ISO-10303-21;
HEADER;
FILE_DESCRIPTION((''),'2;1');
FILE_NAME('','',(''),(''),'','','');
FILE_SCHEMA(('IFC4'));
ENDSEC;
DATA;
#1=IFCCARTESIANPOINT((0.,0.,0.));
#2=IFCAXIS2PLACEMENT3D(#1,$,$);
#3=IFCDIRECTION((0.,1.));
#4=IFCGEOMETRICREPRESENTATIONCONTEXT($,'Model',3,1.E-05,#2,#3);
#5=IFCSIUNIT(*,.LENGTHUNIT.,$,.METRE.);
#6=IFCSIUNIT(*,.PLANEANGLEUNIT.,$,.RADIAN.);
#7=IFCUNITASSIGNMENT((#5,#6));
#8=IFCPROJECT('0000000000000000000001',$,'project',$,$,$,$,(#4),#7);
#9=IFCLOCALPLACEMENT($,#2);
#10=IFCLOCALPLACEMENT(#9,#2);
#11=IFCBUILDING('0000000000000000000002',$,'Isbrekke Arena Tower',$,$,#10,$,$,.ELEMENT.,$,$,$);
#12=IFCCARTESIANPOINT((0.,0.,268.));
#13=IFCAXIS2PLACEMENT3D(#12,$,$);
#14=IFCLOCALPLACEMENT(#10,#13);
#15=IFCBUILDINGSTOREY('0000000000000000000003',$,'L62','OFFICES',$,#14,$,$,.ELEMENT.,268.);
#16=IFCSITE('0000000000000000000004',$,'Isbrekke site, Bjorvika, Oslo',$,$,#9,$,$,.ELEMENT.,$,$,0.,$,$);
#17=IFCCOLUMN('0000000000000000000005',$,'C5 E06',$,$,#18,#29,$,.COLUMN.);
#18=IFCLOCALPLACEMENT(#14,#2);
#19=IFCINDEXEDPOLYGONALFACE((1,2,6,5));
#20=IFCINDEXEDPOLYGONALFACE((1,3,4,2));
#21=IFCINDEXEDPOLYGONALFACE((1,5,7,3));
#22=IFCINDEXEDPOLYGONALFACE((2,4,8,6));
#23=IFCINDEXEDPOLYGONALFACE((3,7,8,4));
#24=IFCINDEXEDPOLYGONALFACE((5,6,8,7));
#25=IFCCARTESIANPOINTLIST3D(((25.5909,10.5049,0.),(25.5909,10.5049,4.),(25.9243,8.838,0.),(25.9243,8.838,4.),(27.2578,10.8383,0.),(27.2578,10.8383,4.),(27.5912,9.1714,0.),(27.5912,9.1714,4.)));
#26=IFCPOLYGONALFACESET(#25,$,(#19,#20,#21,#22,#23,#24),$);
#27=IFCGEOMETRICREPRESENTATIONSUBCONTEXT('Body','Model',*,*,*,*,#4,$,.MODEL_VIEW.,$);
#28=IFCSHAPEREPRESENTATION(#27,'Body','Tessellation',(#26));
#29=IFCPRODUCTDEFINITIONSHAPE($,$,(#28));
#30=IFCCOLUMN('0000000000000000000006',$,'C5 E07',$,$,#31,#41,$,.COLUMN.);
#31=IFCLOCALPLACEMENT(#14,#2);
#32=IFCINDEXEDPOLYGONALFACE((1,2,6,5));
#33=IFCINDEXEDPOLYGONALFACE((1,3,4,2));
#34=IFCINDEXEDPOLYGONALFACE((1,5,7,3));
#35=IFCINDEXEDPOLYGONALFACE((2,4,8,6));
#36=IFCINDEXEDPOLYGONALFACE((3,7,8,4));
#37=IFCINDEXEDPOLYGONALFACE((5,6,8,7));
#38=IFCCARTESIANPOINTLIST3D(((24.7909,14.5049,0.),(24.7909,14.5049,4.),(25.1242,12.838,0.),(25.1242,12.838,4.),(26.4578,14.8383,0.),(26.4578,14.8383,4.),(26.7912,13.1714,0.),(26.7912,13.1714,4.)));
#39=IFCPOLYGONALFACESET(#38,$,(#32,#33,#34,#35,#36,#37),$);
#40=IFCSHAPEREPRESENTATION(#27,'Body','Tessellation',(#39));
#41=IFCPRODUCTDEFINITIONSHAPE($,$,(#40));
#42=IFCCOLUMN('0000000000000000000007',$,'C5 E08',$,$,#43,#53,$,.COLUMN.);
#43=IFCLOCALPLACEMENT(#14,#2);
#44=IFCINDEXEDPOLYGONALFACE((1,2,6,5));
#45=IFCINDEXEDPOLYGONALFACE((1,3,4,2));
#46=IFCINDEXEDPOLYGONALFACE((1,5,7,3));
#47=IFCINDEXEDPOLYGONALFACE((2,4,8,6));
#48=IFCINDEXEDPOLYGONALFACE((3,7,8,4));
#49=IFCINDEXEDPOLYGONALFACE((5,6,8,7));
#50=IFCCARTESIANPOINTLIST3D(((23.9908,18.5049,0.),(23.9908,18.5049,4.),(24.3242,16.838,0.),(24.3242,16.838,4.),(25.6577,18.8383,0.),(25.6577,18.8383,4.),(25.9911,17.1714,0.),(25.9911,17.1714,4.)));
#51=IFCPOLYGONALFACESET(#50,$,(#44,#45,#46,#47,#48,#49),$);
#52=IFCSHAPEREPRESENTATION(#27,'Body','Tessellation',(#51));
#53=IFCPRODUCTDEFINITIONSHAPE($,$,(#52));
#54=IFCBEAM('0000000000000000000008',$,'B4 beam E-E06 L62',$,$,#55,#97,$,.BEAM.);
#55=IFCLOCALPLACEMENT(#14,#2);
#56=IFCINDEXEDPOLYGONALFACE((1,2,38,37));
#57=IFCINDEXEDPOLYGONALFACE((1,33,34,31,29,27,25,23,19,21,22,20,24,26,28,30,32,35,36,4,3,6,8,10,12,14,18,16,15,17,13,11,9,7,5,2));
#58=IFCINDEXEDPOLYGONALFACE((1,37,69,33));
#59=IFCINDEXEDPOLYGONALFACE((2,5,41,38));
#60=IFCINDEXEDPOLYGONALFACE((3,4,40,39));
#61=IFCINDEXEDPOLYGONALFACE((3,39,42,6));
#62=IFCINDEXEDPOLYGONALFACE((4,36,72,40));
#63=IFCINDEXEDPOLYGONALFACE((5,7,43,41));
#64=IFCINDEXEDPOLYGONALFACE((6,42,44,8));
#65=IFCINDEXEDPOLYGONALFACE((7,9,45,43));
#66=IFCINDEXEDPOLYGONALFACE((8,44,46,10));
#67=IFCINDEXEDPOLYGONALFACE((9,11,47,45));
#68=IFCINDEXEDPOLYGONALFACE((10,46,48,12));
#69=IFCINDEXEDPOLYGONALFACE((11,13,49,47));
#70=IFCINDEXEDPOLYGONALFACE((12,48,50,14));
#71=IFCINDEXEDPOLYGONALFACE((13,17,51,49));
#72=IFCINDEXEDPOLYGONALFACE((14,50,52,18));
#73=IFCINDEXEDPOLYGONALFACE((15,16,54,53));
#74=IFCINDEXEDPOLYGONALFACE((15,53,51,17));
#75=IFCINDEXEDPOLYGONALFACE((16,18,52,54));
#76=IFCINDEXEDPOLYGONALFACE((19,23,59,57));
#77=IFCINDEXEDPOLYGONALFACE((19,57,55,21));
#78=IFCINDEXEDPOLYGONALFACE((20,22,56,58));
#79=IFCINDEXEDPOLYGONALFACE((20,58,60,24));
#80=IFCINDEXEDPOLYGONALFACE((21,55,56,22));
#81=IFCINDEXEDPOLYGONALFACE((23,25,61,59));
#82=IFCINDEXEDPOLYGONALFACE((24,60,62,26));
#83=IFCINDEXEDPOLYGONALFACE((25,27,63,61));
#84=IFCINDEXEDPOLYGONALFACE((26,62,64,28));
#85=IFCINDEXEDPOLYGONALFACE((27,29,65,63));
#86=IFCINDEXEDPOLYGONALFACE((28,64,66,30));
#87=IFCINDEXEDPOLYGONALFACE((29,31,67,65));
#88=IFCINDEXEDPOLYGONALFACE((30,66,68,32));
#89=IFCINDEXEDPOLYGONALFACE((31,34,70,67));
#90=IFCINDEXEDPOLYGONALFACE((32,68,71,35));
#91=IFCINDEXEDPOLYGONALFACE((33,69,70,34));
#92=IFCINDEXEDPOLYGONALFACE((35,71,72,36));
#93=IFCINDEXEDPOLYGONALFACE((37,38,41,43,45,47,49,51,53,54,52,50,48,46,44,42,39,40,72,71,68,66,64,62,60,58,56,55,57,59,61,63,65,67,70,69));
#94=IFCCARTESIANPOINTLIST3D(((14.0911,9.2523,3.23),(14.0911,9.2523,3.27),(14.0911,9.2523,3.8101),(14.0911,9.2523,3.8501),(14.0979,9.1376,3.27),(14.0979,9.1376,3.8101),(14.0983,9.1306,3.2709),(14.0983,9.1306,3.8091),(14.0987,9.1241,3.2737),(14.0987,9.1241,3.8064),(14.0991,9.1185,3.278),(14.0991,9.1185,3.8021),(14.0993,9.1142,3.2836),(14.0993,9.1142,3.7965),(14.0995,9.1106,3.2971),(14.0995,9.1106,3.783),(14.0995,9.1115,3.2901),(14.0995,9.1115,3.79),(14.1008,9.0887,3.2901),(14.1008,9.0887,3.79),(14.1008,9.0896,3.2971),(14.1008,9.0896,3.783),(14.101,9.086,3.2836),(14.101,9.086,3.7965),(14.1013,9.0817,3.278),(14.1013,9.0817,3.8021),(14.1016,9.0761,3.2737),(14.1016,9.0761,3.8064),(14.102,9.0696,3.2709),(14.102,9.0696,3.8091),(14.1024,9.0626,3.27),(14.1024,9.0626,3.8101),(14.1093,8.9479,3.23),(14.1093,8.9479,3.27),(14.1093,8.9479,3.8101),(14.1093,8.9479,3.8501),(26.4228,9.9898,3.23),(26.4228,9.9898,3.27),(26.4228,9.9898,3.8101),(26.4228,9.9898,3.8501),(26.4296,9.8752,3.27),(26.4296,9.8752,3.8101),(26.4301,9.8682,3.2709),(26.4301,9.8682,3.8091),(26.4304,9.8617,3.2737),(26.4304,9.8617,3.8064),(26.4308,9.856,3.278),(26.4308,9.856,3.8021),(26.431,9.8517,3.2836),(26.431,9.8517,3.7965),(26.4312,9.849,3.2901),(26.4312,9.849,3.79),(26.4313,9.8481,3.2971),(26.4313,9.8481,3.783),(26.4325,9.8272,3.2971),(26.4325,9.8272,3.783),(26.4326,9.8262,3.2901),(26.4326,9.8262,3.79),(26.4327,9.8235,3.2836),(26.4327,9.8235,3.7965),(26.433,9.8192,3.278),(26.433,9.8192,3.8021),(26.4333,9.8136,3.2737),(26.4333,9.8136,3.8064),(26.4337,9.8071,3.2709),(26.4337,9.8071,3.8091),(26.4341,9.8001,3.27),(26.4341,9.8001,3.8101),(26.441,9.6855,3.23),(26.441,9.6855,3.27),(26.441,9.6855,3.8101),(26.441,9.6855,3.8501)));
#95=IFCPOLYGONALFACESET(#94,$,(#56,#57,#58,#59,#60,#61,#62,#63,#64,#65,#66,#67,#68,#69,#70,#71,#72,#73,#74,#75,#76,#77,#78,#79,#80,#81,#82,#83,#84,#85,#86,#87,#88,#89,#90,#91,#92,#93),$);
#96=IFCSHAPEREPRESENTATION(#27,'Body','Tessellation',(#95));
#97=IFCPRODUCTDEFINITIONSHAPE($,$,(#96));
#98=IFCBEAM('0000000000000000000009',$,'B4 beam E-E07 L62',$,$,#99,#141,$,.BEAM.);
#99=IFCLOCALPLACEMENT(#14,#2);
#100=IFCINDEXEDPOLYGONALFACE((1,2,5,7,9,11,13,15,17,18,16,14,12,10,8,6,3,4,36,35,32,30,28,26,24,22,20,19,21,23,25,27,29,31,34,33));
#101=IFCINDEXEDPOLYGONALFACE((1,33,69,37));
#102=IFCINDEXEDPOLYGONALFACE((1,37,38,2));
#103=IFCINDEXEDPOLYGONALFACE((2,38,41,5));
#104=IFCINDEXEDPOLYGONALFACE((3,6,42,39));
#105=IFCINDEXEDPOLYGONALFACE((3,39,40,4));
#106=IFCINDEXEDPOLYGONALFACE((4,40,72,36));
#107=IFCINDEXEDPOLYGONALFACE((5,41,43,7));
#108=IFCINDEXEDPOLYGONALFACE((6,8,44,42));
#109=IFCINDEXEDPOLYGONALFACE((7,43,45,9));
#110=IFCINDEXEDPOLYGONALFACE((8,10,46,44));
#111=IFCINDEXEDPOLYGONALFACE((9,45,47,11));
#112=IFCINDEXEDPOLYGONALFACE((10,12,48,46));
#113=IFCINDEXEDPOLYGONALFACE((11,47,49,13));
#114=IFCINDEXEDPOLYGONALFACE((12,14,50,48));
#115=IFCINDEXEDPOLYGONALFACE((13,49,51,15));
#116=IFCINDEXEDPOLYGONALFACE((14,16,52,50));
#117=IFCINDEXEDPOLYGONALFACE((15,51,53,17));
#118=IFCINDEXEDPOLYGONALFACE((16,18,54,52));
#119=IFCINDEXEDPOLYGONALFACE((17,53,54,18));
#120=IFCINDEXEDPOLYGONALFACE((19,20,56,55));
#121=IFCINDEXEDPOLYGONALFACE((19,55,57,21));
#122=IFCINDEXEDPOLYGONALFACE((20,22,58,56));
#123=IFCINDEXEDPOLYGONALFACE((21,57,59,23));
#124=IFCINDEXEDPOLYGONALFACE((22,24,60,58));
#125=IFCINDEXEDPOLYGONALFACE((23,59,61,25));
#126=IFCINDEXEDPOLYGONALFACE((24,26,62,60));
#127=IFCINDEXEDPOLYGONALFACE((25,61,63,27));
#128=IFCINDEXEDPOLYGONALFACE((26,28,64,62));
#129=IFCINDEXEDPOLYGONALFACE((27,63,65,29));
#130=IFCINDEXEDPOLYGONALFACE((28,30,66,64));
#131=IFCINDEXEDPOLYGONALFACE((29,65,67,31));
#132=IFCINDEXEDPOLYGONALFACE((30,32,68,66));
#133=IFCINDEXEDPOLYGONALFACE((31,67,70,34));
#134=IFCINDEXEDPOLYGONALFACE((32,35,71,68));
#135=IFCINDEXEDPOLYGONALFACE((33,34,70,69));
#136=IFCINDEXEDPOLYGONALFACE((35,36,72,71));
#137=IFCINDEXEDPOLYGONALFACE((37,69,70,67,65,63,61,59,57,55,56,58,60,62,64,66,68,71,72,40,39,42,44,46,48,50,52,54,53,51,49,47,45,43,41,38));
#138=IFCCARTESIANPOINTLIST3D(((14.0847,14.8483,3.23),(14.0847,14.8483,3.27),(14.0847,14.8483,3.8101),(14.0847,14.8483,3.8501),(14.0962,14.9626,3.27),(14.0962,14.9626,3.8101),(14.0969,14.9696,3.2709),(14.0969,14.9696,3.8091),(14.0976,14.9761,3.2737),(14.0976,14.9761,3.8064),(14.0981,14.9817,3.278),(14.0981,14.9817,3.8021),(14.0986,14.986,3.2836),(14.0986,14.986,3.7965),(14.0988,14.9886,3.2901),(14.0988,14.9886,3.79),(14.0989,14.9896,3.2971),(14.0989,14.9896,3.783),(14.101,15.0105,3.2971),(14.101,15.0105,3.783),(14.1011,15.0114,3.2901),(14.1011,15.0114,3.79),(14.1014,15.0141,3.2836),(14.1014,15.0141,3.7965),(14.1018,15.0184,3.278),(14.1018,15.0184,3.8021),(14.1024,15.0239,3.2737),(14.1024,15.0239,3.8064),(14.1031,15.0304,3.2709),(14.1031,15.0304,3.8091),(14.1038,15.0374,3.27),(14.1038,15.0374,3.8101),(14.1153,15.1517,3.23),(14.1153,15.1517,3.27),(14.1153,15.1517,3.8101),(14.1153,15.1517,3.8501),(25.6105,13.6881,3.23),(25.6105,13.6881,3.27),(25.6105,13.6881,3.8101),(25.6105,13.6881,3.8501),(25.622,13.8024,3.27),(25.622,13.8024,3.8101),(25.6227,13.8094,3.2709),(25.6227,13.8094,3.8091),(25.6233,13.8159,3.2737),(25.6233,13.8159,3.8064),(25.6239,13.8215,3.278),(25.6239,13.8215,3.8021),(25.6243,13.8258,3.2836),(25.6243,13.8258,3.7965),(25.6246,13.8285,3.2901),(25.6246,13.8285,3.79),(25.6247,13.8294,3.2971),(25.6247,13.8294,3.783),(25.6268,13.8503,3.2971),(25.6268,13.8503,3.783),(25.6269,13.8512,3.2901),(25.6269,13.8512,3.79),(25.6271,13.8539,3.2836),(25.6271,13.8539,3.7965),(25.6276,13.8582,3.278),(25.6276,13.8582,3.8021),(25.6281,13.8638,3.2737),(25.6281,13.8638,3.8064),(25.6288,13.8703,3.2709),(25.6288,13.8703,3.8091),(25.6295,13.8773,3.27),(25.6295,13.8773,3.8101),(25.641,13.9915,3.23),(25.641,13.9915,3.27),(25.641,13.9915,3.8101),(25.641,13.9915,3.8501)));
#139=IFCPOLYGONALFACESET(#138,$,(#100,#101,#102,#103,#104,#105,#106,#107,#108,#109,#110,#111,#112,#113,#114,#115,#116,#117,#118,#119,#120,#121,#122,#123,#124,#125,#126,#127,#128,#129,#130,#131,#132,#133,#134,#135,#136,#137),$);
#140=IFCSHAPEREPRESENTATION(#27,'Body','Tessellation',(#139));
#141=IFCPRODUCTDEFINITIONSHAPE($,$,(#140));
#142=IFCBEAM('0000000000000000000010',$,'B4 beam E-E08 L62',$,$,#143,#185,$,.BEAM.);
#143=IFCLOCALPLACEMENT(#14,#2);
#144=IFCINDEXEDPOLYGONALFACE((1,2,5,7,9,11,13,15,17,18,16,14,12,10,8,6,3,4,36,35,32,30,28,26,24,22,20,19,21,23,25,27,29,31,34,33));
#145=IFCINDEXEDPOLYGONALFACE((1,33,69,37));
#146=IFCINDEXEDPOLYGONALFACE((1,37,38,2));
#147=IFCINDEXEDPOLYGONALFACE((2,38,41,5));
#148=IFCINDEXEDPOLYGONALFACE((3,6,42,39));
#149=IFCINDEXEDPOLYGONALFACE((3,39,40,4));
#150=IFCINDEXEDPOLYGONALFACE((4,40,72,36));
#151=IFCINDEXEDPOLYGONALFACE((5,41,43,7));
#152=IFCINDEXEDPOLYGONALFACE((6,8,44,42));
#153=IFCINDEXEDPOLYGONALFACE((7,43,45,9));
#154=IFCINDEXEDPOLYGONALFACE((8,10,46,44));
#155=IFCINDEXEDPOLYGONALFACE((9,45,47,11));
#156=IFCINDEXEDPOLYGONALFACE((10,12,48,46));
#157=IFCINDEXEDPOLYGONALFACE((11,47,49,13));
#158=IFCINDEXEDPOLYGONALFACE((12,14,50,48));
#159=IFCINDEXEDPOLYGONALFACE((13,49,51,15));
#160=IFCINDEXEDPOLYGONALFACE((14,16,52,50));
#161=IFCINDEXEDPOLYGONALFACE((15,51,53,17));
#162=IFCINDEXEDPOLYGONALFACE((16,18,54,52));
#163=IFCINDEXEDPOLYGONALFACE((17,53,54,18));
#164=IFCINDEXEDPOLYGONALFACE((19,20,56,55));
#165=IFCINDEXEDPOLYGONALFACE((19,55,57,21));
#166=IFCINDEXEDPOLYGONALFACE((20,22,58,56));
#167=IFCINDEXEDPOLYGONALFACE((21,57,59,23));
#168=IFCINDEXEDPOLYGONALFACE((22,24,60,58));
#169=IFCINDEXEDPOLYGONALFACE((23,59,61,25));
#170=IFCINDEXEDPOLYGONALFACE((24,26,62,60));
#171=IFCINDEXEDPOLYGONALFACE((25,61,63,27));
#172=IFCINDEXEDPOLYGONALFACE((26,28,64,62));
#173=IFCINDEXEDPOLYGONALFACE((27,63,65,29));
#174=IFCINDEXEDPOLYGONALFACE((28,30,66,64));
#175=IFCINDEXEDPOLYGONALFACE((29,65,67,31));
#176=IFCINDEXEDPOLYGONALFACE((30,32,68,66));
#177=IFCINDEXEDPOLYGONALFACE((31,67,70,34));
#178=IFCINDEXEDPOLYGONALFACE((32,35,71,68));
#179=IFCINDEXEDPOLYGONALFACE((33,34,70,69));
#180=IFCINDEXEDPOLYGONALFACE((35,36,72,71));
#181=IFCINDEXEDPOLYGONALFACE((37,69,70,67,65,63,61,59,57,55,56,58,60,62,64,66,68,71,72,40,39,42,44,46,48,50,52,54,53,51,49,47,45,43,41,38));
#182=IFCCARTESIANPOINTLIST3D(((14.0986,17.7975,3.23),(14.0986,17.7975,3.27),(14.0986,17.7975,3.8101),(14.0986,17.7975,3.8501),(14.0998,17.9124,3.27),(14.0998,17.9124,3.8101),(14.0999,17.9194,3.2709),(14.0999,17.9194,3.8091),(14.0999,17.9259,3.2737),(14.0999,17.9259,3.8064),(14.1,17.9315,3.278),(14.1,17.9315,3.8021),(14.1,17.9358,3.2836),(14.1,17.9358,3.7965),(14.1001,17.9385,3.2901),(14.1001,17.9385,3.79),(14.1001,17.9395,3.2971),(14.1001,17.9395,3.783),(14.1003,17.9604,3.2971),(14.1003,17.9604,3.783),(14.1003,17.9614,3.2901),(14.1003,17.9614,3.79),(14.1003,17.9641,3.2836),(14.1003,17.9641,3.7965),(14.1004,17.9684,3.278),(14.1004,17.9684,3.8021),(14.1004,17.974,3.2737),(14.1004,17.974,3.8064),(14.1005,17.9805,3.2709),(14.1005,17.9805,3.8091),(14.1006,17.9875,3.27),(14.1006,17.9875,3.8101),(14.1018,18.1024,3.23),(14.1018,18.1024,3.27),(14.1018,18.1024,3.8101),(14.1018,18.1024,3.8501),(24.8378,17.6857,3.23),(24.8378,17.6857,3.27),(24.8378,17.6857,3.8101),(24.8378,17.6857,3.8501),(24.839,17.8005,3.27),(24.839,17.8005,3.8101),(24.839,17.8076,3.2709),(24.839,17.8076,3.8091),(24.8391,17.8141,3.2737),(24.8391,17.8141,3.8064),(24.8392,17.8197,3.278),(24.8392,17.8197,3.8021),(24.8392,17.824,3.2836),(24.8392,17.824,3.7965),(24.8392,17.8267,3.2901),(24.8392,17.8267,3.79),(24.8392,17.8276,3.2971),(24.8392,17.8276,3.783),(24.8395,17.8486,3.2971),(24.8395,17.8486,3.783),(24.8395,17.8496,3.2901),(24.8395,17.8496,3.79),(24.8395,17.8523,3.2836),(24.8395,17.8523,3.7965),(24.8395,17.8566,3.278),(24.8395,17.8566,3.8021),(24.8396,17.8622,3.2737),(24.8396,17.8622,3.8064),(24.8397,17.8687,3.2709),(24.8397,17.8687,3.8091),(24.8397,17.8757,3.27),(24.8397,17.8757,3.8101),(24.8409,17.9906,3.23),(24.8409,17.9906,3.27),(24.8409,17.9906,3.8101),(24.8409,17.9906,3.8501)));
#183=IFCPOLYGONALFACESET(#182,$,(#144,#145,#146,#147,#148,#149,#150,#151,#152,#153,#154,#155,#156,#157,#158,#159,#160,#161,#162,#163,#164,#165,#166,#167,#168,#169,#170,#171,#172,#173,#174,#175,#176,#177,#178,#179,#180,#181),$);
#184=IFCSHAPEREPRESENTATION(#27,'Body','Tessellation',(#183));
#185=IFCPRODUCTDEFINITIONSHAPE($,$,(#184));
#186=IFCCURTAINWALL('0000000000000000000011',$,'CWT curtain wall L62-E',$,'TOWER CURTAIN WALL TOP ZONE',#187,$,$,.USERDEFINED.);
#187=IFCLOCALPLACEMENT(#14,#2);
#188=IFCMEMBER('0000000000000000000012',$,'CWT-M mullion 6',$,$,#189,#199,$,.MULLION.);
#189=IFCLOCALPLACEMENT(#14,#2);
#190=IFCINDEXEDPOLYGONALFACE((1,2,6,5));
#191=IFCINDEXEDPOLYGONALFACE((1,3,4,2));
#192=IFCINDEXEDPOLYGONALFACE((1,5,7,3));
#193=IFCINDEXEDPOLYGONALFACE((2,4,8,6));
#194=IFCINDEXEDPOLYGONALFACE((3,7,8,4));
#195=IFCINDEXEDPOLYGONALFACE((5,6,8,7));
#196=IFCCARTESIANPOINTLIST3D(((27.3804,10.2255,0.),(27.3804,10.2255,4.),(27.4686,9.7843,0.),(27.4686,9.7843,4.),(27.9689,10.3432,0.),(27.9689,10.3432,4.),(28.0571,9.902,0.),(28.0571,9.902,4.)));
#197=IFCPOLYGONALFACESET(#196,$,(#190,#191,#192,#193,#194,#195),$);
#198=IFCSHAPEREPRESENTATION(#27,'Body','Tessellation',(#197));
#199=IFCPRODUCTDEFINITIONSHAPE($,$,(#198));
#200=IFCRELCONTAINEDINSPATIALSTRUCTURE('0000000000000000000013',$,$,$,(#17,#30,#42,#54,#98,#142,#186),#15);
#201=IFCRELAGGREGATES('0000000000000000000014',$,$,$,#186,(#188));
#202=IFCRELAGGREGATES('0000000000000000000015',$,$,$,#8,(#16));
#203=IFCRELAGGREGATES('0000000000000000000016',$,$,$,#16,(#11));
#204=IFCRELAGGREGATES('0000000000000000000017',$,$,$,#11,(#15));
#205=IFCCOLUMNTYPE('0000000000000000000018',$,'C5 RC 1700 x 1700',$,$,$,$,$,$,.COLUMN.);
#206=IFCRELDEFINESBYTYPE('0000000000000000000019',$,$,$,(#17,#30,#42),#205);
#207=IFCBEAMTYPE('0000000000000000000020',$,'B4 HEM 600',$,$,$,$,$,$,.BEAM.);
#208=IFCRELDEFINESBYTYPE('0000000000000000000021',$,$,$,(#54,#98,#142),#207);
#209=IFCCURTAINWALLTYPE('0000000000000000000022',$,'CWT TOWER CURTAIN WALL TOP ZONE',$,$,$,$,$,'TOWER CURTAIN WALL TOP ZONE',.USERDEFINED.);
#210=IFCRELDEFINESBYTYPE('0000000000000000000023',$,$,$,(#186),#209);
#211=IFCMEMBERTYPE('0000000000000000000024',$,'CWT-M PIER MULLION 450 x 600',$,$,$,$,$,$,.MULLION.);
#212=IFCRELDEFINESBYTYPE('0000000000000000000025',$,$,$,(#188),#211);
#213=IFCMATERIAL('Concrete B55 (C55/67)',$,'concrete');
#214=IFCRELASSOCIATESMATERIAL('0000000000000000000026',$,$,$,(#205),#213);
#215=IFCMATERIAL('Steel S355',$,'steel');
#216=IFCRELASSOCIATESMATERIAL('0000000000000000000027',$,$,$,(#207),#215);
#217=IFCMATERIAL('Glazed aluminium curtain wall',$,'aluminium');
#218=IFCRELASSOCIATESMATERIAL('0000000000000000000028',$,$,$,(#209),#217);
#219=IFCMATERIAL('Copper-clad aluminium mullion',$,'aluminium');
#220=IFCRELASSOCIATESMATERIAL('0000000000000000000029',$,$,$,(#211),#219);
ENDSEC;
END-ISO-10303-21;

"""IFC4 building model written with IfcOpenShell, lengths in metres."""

from ifc_helpers import new_model, si_unit, direction, frame, origin, origin_2d, place, context, subcontext, project, spatial, rectangle, i_section, extrude, material, material_profile, profile_set, type_object, element, aggregate, save


model = new_model("IFC4")

# Units and contexts
model_context = context("Model", 3, precision=1e-05, world=origin(), true_north=direction((0.0, 1.0)))
body_context = subcontext(model_context, "Body", "Model", "MODEL_VIEW")
ifc_project = project(units=[si_unit("LENGTHUNIT", "METRE"), si_unit("PLANEANGLEUNIT", "RADIAN")], contexts=[model_context])

# Site, building, storey
site_placement = place(None, origin())
site = spatial("IfcSite", under=ifc_project, at=site_placement, Name="Isbrekke site, Bjorvika, Oslo", CompositionType="ELEMENT", RefElevation=0.0)
building_placement = place(site_placement, origin())
building = spatial("IfcBuilding", under=site, at=building_placement, Name="Isbrekke Arena Tower", CompositionType="ELEMENT")
storey_placement = place(building_placement, frame((0.0, 0.0, 268.0)))
storey = spatial("IfcBuildingStorey", under=building, at=storey_placement, Name="L62", Description="OFFICES", CompositionType="ELEMENT", Elevation=268.0)

# Columns
ifc_material_1 = material(Name="Concrete B55 (C55/67)", Category="concrete")
ifc_material_profile_1 = material_profile(ifc_material_1, rectangle(XDim=1.7, YDim=1.7, at=origin_2d()), Name="RC 1700x1700")
ifc_profile_set_1 = profile_set([ifc_material_profile_1], Name="Concrete B55 (C55/67)")
column_type = type_object("IfcColumnType", Name="C5 RC 1700 x 1700", PredefinedType="COLUMN", material=ifc_profile_set_1)
for number, where, z_axis, x_axis, name in (
    (1, (26.5911, 9.8381, 0.0), (0.0, 0.0, 1.0), (-0.196116, 0.980581, 0.0), "C5 E06"),
    (2, (25.791, 13.8381, 0.0), (0.0, 0.0, 1.0), (-0.196116, 0.980581, 0.0), "C5 E07"),
    (3, (24.991, 17.8381, 0.0), (0.0, 0.0, 1.0), (-0.196116, 0.980581, 0.0), "C5 E08"),
):
    element("IfcColumn", number, at=place(storey_placement, frame(where, z_axis=z_axis, x_axis=x_axis)), inside=storey, type_object=column_type, Name=name, PredefinedType="COLUMN", context=body_context, shape_type="SweptSolid", body=[
        extrude(rectangle(XDim=1.7, YDim=1.7, at=origin_2d()), origin(), (0.0, 0.0, 1.0), 4.0),
    ])

# Beams
ifc_material_2 = material(Name="Steel S355", Category="steel")
ifc_material_profile_2 = material_profile(ifc_material_2, i_section(OverallWidth=0.3049, OverallDepth=0.6201, WebThickness=0.021, FlangeThickness=0.04, FilletRadius=0.0271, at=origin_2d()), Name="HEM 600")
ifc_profile_set_2 = profile_set([ifc_material_profile_2], Name="Steel S355")
beam_type_1 = type_object("IfcBeamType", Name="B4 HEM 600", PredefinedType="BEAM", material=ifc_profile_set_2)
beam_1_placement = place(storey_placement, frame((26.4319, 9.8376, 3.54), z_axis=(-0.998216, -0.059702, 0.0), x_axis=(0.059702, -0.998216, 0.0)))
element("IfcBeam", 4, at=beam_1_placement, inside=storey, type_object=beam_type_1, Name="B4 beam E-E06 L62", PredefinedType="BEAM", context=body_context, shape_type="SweptSolid", body=[
    extrude(i_section(OverallWidth=0.3049, OverallDepth=0.6201, WebThickness=0.021, FlangeThickness=0.04, FilletRadius=0.0271, at=origin_2d()), origin(), (0.0, 0.0, 1.0), 12.3538),
])
beam_2_placement = place(storey_placement, frame((25.6257, 13.8398, 3.54), z_axis=(-0.994972, 0.100153, 0.0), x_axis=(-0.100153, -0.994972, 0.0)))
element("IfcBeam", 5, at=beam_2_placement, inside=storey, type_object=beam_type_1, Name="B4 beam E-E07 L62", PredefinedType="BEAM", context=body_context, shape_type="SweptSolid", body=[
    extrude(i_section(OverallWidth=0.3049, OverallDepth=0.6201, WebThickness=0.021, FlangeThickness=0.04, FilletRadius=0.0271, at=origin_2d()), origin(), (0.0, 0.0, 1.0), 11.584),
])
beam_3_placement = place(storey_placement, frame((24.8394, 17.8381, 3.54), z_axis=(-0.999946, 0.010411, 0.0), x_axis=(-0.010411, -0.999946, 0.0)))
element("IfcBeam", 6, at=beam_3_placement, inside=storey, type_object=beam_type_1, Name="B4 beam E-E08 L62", PredefinedType="BEAM", context=body_context, shape_type="SweptSolid", body=[
    extrude(i_section(OverallWidth=0.3049, OverallDepth=0.6201, WebThickness=0.021, FlangeThickness=0.04, FilletRadius=0.0271, at=origin_2d()), origin(), (0.0, 0.0, 1.0), 10.7397),
])

# Curtain wall, member
ifc_material_3 = material(Name="Glazed aluminium curtain wall", Category="aluminium")
curtain_wall_type = type_object("IfcCurtainWallType", Name="CWT TOWER CURTAIN WALL TOP ZONE", ElementType="TOWER CURTAIN WALL TOP ZONE", PredefinedType="USERDEFINED", material=ifc_material_3)
curtain_wall_placement = place(storey_placement, origin())
curtain_wall = element("IfcCurtainWall", 7, at=curtain_wall_placement, inside=storey, type_object=curtain_wall_type, Name="CWT curtain wall L62-E", ObjectType="TOWER CURTAIN WALL TOP ZONE", PredefinedType="USERDEFINED")
ifc_material_4 = material(Name="Copper-clad aluminium mullion", Category="aluminium")
ifc_material_profile_3 = material_profile(ifc_material_4, rectangle(XDim=0.45, YDim=0.6001, at=origin_2d()), Name="PIER 450X600")
ifc_profile_set_3 = profile_set([ifc_material_profile_3], Name="Copper-clad aluminium mullion")
member_type_1 = type_object("IfcMemberType", Name="CWT-M PIER MULLION 450 x 600", PredefinedType="MULLION", material=ifc_profile_set_3)
member_1_placement = place(storey_placement, frame((27.7188, 10.0637, 0.0), z_axis=(0.0, 0.0, 1.0), x_axis=(-0.196116, 0.980581, 0.0)))
member_1 = element("IfcMember", 8, at=member_1_placement, type_object=member_type_1, Name="CWT-M mullion 6", PredefinedType="MULLION", context=body_context, shape_type="SweptSolid", body=[
    extrude(rectangle(XDim=0.45, YDim=0.6001, at=origin_2d()), origin(), (0.0, 0.0, 1.0), 4.0),
])

aggregate(curtain_wall, [member_1])

save(model, "model.ifc")
